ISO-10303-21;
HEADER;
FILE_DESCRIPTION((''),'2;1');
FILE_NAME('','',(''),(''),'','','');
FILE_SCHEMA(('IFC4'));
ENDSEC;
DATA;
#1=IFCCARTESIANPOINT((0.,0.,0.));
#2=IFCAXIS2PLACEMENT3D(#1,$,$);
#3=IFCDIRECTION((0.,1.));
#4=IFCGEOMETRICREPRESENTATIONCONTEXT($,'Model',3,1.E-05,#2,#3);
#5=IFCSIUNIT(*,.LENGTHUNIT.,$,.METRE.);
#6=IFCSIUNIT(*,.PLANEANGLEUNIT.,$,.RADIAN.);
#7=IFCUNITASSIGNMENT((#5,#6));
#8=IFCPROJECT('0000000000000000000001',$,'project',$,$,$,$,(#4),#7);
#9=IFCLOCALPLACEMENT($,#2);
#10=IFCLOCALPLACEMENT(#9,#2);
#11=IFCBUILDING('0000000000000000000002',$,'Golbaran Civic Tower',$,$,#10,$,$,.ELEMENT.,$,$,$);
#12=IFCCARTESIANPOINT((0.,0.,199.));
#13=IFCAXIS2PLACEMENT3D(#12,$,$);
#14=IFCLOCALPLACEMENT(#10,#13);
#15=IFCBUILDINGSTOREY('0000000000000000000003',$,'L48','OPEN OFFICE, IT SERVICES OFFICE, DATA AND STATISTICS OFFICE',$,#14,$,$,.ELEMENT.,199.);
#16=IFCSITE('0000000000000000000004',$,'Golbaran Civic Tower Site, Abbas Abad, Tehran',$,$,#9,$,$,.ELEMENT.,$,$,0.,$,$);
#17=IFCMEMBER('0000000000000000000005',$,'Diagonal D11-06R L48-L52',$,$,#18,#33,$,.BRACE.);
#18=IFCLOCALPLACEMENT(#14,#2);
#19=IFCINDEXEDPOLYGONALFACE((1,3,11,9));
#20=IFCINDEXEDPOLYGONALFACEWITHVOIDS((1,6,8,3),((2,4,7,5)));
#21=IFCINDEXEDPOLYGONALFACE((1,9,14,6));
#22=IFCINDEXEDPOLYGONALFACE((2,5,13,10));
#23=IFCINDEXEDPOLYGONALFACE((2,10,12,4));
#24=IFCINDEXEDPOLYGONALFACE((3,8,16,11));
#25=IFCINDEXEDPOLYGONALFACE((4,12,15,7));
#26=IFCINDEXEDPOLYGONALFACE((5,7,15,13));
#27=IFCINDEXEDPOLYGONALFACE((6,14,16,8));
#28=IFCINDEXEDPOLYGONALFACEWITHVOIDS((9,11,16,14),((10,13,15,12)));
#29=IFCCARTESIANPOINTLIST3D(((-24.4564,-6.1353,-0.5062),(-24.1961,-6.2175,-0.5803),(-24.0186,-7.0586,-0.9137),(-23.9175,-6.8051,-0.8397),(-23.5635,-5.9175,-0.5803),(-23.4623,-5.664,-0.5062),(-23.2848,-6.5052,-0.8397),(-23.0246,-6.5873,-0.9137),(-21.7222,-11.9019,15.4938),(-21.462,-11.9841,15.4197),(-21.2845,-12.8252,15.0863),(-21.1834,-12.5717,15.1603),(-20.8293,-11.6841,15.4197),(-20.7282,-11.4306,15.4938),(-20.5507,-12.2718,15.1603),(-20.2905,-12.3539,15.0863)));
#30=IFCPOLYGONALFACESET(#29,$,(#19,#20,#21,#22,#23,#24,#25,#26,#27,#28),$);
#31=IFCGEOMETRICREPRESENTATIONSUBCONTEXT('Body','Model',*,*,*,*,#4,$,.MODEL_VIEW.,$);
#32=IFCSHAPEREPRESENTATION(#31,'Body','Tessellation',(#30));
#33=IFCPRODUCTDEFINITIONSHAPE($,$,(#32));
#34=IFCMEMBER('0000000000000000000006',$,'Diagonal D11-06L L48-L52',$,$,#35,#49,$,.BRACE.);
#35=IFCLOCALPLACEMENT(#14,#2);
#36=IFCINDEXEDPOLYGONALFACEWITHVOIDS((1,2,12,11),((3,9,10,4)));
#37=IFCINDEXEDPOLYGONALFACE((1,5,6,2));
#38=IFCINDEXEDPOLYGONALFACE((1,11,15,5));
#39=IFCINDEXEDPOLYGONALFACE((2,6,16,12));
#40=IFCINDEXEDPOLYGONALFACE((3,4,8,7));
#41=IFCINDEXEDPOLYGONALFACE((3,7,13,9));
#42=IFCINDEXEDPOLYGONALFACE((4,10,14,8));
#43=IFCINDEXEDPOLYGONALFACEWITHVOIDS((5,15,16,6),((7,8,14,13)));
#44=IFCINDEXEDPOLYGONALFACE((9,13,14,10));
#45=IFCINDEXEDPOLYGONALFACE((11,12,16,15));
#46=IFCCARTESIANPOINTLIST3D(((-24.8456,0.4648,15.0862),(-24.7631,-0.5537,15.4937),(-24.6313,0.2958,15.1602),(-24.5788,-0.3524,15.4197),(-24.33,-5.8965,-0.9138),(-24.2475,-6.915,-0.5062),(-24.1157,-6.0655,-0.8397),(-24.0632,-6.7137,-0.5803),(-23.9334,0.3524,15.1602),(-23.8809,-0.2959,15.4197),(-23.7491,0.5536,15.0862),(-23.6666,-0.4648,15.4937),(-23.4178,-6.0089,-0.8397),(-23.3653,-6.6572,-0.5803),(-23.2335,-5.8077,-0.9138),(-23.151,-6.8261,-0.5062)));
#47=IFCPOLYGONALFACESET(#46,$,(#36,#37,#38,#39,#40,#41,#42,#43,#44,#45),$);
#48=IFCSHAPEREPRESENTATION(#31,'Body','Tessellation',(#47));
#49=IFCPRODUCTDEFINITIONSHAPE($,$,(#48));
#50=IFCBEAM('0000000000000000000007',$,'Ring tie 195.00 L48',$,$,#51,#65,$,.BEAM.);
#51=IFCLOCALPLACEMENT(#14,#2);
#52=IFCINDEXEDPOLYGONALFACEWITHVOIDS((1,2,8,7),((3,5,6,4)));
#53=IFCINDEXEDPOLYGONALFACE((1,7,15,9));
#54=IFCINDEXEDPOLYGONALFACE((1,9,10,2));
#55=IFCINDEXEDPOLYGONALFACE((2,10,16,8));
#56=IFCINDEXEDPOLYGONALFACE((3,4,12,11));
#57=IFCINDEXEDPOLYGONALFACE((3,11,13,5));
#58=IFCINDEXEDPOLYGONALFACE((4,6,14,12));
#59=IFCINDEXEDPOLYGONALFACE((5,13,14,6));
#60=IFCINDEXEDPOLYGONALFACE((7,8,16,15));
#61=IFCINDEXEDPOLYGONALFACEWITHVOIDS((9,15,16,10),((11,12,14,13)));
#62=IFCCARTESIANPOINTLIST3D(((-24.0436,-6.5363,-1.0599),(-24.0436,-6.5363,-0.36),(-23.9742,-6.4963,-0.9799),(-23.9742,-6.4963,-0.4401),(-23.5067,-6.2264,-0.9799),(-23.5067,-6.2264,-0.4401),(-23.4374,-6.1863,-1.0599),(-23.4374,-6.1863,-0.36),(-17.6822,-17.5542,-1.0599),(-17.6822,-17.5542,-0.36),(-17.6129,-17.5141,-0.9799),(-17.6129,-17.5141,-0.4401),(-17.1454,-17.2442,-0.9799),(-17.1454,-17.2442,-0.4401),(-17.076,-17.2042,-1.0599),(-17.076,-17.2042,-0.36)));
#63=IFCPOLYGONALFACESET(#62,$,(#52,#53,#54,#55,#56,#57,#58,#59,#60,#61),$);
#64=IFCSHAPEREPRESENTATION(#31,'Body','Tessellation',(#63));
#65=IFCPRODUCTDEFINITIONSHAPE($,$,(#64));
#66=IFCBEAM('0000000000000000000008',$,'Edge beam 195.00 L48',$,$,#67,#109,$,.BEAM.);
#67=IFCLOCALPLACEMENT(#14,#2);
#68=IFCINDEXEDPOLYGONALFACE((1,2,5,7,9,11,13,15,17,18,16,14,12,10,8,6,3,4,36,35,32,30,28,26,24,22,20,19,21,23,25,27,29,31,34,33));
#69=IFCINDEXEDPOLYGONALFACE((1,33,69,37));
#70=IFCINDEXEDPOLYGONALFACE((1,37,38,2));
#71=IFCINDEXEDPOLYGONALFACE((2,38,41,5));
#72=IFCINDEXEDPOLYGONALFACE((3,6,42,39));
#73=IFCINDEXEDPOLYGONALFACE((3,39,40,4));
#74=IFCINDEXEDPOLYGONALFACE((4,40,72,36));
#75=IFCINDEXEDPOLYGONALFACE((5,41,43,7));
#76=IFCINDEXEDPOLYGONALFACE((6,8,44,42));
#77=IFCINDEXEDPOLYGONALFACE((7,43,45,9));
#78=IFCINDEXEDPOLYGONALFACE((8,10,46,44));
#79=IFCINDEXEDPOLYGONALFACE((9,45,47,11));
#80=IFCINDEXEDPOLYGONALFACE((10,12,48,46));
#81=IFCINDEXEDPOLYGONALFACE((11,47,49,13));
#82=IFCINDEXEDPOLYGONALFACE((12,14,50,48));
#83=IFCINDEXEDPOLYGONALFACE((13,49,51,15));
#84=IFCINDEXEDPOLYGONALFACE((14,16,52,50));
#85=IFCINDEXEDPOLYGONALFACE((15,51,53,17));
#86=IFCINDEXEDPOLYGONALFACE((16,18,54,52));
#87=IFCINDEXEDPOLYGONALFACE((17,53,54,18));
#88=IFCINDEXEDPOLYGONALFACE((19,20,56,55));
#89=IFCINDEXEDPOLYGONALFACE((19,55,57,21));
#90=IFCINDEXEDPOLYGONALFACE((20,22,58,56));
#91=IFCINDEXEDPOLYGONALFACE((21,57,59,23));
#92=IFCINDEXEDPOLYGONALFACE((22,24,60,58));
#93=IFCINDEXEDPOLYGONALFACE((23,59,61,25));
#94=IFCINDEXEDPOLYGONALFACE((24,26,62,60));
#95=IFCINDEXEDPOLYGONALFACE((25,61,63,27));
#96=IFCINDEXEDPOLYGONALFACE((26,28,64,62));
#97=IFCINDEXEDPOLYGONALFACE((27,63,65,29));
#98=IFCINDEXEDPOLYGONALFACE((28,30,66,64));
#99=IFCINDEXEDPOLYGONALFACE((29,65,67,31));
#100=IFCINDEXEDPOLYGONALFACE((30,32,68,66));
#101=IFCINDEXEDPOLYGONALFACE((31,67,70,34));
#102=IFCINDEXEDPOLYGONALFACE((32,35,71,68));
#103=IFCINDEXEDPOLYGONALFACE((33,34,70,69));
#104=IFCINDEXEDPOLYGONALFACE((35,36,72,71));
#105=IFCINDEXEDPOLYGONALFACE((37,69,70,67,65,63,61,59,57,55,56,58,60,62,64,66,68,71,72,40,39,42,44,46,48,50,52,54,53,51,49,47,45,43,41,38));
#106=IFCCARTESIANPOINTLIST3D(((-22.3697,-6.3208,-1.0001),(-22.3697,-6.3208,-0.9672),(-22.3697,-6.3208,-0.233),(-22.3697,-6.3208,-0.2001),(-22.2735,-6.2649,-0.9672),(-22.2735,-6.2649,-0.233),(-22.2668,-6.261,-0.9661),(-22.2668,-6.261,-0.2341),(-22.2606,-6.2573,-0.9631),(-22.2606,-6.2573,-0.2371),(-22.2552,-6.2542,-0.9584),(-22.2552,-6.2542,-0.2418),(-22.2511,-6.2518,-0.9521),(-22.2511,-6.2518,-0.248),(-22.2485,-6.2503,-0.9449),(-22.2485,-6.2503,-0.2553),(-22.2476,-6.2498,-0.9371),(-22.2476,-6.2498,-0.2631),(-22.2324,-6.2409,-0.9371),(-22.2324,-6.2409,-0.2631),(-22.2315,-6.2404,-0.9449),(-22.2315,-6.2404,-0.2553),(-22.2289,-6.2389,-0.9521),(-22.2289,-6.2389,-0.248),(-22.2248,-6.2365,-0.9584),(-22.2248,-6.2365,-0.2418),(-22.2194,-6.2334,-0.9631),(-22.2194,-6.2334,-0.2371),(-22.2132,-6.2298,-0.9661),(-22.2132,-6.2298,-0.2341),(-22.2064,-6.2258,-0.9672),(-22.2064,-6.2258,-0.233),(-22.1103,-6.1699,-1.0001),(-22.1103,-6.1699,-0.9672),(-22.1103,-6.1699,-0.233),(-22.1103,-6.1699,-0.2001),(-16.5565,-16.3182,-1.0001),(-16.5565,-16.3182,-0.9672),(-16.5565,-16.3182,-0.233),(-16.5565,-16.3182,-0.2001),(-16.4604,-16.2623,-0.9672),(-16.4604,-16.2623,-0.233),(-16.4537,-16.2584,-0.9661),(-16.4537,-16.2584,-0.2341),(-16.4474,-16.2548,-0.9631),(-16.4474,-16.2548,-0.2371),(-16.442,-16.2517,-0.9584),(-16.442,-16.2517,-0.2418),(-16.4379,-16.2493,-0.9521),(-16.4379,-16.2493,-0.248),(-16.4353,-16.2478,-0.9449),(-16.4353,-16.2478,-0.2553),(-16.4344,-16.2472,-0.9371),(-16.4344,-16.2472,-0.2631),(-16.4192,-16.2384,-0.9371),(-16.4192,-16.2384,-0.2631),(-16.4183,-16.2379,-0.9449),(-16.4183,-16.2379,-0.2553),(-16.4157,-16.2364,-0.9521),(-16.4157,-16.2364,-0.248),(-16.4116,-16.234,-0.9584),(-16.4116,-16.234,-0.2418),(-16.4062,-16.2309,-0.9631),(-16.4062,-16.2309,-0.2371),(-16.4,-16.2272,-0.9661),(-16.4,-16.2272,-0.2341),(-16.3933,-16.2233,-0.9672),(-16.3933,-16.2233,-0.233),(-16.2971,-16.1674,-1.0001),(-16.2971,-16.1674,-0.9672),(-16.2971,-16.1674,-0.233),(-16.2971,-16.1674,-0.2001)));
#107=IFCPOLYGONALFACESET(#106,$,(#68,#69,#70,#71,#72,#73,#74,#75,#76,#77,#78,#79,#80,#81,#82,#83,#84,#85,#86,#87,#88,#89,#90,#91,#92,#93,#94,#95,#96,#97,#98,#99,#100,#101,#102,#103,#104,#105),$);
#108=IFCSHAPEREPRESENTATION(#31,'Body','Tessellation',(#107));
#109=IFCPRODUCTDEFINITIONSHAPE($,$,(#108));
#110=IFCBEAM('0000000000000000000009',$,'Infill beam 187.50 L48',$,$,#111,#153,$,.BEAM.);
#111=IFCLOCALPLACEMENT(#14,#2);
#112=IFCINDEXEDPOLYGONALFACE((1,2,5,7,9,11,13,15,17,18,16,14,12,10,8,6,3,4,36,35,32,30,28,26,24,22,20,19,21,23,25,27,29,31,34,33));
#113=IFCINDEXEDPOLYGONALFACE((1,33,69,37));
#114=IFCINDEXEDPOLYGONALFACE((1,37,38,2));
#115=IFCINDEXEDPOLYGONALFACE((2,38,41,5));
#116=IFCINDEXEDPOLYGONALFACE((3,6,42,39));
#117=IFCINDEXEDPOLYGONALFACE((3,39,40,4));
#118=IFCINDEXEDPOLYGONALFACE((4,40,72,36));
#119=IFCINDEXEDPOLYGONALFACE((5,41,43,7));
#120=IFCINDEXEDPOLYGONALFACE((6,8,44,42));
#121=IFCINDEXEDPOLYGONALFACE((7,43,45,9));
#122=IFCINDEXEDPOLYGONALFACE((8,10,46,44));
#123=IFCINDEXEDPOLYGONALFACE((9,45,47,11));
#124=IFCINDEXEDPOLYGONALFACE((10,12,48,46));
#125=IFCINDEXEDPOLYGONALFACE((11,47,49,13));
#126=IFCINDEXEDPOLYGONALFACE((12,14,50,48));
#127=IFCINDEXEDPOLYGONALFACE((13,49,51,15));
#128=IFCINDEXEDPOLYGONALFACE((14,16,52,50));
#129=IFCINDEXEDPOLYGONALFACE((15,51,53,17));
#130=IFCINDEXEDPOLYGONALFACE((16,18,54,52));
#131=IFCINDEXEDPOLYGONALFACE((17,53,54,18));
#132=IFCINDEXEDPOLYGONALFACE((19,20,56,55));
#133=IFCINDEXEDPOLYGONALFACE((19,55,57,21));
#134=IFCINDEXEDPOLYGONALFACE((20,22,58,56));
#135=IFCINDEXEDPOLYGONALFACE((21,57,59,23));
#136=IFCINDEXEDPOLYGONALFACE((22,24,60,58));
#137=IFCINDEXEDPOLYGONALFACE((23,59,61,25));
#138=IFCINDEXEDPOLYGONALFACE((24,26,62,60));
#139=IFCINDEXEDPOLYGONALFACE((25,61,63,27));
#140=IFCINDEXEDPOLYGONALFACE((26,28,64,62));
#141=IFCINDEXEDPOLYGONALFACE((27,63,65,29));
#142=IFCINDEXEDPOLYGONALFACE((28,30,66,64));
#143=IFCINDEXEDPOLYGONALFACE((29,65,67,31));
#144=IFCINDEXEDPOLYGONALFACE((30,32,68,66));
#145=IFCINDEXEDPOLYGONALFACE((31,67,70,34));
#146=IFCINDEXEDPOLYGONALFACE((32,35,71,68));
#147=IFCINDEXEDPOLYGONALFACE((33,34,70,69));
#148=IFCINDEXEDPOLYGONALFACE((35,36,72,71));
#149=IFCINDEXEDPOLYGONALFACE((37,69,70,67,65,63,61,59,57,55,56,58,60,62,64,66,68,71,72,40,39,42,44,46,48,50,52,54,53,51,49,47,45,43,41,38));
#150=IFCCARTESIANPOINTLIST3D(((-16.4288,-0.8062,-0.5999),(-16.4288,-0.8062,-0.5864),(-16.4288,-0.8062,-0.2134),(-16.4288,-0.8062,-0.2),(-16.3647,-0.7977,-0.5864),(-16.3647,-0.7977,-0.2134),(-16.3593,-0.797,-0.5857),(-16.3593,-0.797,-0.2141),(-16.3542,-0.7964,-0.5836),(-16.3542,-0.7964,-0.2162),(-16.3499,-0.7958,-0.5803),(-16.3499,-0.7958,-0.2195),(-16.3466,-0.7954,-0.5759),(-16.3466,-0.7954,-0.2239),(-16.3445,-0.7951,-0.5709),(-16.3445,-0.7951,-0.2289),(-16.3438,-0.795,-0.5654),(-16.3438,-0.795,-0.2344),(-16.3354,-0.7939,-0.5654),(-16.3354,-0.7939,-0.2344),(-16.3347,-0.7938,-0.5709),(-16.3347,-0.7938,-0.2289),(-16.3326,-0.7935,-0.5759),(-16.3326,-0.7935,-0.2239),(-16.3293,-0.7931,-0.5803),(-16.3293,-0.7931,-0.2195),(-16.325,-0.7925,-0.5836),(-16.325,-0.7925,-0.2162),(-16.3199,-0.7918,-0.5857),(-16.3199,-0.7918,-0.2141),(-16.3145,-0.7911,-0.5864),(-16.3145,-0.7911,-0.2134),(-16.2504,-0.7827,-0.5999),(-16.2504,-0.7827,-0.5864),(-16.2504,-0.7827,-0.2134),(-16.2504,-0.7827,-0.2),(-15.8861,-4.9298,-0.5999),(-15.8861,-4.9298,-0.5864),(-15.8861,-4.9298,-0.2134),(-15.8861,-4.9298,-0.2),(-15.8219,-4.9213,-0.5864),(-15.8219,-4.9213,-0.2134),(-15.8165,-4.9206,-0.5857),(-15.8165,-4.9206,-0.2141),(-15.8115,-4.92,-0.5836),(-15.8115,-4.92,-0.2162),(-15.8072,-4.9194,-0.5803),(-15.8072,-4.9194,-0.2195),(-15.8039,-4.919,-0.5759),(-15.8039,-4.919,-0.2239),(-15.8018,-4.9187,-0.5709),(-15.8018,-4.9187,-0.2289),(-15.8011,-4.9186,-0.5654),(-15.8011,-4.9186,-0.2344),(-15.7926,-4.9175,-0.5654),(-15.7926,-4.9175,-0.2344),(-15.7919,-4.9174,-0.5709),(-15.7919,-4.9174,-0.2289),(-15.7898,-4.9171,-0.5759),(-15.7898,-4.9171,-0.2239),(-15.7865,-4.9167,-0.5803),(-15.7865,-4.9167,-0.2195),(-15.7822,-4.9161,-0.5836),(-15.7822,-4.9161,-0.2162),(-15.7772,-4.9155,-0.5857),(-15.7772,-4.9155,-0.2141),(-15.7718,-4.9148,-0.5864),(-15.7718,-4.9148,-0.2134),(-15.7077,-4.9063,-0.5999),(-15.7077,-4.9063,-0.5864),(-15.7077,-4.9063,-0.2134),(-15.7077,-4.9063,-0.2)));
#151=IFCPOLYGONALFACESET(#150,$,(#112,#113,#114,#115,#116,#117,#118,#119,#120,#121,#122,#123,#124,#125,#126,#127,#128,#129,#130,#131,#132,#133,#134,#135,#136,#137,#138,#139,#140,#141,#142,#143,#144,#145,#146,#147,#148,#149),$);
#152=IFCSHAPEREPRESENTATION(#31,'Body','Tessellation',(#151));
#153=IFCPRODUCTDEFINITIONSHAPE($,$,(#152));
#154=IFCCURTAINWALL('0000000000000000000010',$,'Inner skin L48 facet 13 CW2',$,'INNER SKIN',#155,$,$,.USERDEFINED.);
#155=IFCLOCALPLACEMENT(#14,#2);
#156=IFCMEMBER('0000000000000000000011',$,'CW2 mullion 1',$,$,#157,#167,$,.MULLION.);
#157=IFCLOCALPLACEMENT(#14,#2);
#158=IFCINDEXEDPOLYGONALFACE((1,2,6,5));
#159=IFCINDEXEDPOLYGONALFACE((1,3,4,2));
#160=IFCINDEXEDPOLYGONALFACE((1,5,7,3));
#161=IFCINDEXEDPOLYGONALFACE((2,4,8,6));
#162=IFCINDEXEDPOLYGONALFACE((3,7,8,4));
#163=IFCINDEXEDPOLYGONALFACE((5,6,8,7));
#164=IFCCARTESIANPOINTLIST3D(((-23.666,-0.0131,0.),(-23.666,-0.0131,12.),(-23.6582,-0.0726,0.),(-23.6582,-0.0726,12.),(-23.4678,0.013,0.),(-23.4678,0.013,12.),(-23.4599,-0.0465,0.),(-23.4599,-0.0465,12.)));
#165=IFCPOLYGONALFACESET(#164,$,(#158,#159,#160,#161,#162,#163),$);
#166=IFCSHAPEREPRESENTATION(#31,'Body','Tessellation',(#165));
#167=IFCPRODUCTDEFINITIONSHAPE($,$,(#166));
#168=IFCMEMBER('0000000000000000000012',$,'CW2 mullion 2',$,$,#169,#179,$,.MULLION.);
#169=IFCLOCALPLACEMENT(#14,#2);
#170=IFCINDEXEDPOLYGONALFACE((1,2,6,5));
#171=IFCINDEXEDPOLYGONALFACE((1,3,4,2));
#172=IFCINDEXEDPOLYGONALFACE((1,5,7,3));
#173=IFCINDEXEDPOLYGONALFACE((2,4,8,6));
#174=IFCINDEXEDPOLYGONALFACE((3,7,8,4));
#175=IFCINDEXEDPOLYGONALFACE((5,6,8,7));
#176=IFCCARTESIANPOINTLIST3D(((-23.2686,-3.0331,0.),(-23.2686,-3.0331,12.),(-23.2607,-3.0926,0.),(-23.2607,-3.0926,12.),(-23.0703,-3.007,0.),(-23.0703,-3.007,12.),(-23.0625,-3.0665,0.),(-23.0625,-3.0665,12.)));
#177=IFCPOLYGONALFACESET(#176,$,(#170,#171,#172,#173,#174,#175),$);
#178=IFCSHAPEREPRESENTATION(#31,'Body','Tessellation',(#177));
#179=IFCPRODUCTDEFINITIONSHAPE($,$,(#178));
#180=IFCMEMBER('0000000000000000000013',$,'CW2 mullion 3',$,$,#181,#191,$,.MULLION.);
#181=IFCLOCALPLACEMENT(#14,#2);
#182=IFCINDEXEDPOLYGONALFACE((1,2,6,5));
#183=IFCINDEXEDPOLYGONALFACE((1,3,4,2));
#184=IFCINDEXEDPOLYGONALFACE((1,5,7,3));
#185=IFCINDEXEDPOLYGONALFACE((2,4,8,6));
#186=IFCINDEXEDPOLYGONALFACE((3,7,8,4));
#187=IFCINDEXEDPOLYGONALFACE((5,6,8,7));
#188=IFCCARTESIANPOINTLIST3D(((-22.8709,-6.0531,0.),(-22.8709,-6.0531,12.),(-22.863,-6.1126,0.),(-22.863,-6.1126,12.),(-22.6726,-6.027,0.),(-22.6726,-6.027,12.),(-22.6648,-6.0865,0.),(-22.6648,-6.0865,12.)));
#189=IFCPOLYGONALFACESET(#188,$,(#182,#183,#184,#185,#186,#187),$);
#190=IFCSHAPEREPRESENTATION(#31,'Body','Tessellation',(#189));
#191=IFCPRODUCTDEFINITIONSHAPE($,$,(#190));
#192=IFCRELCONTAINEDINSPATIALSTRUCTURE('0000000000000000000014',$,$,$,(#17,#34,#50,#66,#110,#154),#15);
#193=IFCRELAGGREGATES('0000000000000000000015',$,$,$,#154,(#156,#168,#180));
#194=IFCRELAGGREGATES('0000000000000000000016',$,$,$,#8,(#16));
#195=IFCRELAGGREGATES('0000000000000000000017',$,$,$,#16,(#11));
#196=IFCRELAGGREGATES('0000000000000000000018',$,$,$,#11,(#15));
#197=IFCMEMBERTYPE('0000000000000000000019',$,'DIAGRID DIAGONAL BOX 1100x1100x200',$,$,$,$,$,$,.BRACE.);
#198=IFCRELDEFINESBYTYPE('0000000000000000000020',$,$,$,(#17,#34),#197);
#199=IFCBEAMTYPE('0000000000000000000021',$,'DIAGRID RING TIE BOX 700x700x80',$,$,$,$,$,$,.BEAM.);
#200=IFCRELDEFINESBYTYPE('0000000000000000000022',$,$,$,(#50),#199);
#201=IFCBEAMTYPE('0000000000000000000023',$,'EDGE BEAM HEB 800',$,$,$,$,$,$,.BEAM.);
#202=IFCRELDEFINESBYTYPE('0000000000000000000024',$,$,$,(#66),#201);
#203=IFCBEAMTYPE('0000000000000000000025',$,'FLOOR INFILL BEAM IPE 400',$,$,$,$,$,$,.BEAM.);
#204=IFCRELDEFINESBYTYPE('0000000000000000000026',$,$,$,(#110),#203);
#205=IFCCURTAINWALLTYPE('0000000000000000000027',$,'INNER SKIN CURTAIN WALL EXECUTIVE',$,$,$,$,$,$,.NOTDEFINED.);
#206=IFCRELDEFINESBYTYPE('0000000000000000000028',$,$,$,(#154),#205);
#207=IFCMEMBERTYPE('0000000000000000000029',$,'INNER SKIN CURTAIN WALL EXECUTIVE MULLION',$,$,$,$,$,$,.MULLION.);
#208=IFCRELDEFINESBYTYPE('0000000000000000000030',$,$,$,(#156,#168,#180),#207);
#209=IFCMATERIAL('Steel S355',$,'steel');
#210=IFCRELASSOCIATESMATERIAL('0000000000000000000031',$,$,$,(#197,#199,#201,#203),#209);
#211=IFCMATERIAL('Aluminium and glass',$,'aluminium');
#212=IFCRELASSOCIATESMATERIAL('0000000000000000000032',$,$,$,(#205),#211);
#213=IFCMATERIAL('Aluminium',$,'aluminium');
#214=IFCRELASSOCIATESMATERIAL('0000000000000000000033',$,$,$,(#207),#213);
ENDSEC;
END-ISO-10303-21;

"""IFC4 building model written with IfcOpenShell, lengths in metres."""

from ifc_helpers import new_model, si_unit, direction, frame, origin, origin_2d, place, context, subcontext, project, spatial, rectangle, hollow_rectangle, i_section, extrude, material, material_profile, profile_set, type_object, element, aggregate, save


model = new_model("IFC4")

# Units and contexts
model_context = context("Model", 3, precision=1e-05, world=origin(), true_north=direction((0.0, 1.0)))
body_context = subcontext(model_context, "Body", "Model", "MODEL_VIEW")
ifc_project = project(units=[si_unit("LENGTHUNIT", "METRE"), si_unit("PLANEANGLEUNIT", "RADIAN")], contexts=[model_context])

# Site, building, storey
site_placement = place(None, origin())
site = spatial("IfcSite", under=ifc_project, at=site_placement, Name="Golbaran Civic Tower Site, Abbas Abad, Tehran", CompositionType="ELEMENT", RefElevation=0.0)
building_placement = place(site_placement, origin())
building = spatial("IfcBuilding", under=site, at=building_placement, Name="Golbaran Civic Tower", CompositionType="ELEMENT")
storey_placement = place(building_placement, frame((0.0, 0.0, 199.0)))
storey = spatial("IfcBuildingStorey", under=building, at=storey_placement, Name="L48", Description="OPEN OFFICE, IT SERVICES OFFICE, DATA AND STATISTICS OFFICE", CompositionType="ELEMENT", Elevation=199.0)

# Members
ifc_material_1 = material(Name="Steel S355", Category="steel")
ifc_material_profile_1 = material_profile(ifc_material_1, hollow_rectangle(XDim=1.1001, YDim=1.1001, WallThickness=0.2, at=origin_2d()), Name="BOX 1100x1100x200")
ifc_profile_set_1 = profile_set([ifc_material_profile_1], Name="Steel S355")
member_type_1 = type_object("IfcMemberType", Name="DIAGRID DIAGONAL BOX 1100x1100x200", PredefinedType="BRACE", material=ifc_profile_set_1)
for number, where, z_axis, x_axis, name in (
    (1, (-23.7405, -6.3613, -0.71), (0.158723, -0.334765, 0.928838), (0.903581, 0.428417, 0.0), "Diagonal D11-06R L48-L52"),
    (2, (-23.7405, -6.3613, -0.71), (-0.029933, 0.369288, 0.928833), (-0.996731, -0.080791, 0.0), "Diagonal D11-06L L48-L52"),
):
    element("IfcMember", number, at=place(storey_placement, frame(where, z_axis=z_axis, x_axis=x_axis)), inside=storey, type_object=member_type_1, Name=name, PredefinedType="BRACE", context=body_context, shape_type="SweptSolid", body=[
        extrude(hollow_rectangle(XDim=1.1001, YDim=1.1001, WallThickness=0.2, at=origin_2d()), origin(), (0.0, 0.0, 1.0), 17.2258),
    ])

# Beams
ifc_material_profile_2 = material_profile(ifc_material_1, hollow_rectangle(XDim=0.7, YDim=0.7, WallThickness=0.0801, at=origin_2d()), Name="BOX 700x700x80")
ifc_profile_set_2 = profile_set([ifc_material_profile_2], Name="Steel S355")
beam_type_1 = type_object("IfcBeamType", Name="DIAGRID RING TIE BOX 700x700x80", PredefinedType="BEAM", material=ifc_profile_set_2)
beam_1_placement = place(storey_placement, frame((-23.7405, -6.3613, -0.71), z_axis=(0.500011, -0.866019, 0.0), x_axis=(0.866019, 0.500011, 0.0)))
element("IfcBeam", 3, at=beam_1_placement, inside=storey, type_object=beam_type_1, Name="Ring tie 195.00 L48", PredefinedType="BEAM", context=body_context, shape_type="SweptSolid", body=[
    extrude(hollow_rectangle(XDim=0.7, YDim=0.7, WallThickness=0.0801, at=origin_2d()), origin(), (0.0, 0.0, 1.0), 12.7224),
])
ifc_material_profile_3 = material_profile(ifc_material_1, i_section(OverallWidth=0.3, OverallDepth=0.8, WebThickness=0.0176, FlangeThickness=0.033, FilletRadius=0.03, at=origin_2d()), Name="HEB 800")
ifc_profile_set_3 = profile_set([ifc_material_profile_3], Name="Steel S355")
beam_type_2 = type_object("IfcBeamType", Name="EDGE BEAM HEB 800", PredefinedType="BEAM", material=ifc_profile_set_3)
beam_2_placement = place(storey_placement, frame((-22.24, -6.2454, -0.6001), z_axis=(0.502666, -0.864481, 0.0), x_axis=(0.864481, 0.502666, 0.0)))
element("IfcBeam", 4, at=beam_2_placement, inside=storey, type_object=beam_type_2, Name="Edge beam 195.00 L48", PredefinedType="BEAM", context=body_context, shape_type="SweptSolid", body=[
    extrude(i_section(OverallWidth=0.3, OverallDepth=0.8, WebThickness=0.0176, FlangeThickness=0.033, FilletRadius=0.03, at=origin_2d()), origin(), (0.0, 0.0, 1.0), 11.5647),
])
ifc_material_profile_4 = material_profile(ifc_material_1, i_section(OverallWidth=0.1799, OverallDepth=0.3999, WebThickness=0.0085, FlangeThickness=0.0134, FilletRadius=0.021, at=origin_2d()), Name="IPE 400")
ifc_profile_set_4 = profile_set([ifc_material_profile_4], Name="Steel S355")
beam_type_3 = type_object("IfcBeamType", Name="FLOOR INFILL BEAM IPE 400", PredefinedType="BEAM", material=ifc_profile_set_4)
beam_3_placement = place(storey_placement, frame((-16.3396, -0.7944, -0.3999), z_axis=(0.130491, -0.991449, 0.0), x_axis=(0.991449, 0.130491, 0.0)))
element("IfcBeam", 5, at=beam_3_placement, inside=storey, type_object=beam_type_3, Name="Infill beam 187.50 L48", PredefinedType="BEAM", context=body_context, shape_type="SweptSolid", body=[
    extrude(i_section(OverallWidth=0.1799, OverallDepth=0.3999, WebThickness=0.0085, FlangeThickness=0.0134, FilletRadius=0.021, at=origin_2d()), origin(), (0.0, 0.0, 1.0), 4.1592),
])

# Curtain wall, members
ifc_material_2 = material(Name="Aluminium and glass", Category="aluminium")
curtain_wall_type_1 = type_object("IfcCurtainWallType", Name="INNER SKIN CURTAIN WALL EXECUTIVE", PredefinedType="NOTDEFINED", material=ifc_material_2)
curtain_wall_1_placement = place(storey_placement, origin())
curtain_wall_1 = element("IfcCurtainWall", 6, at=curtain_wall_1_placement, inside=storey, type_object=curtain_wall_type_1, Name="Inner skin L48 facet 13 CW2", ObjectType="INNER SKIN", PredefinedType="USERDEFINED")
ifc_material_3 = material(Name="Aluminium", Category="aluminium")
ifc_material_profile_5 = material_profile(ifc_material_3, rectangle(XDim=0.2, YDim=0.0601, at=origin_2d()), Name="INNER SKIN CURTAIN WALL EXECUTIVE MULLION")
ifc_profile_set_5 = profile_set([ifc_material_profile_5], Name="Aluminium")
member_type_2 = type_object("IfcMemberType", Name="INNER SKIN CURTAIN WALL EXECUTIVE MULLION", PredefinedType="MULLION", material=ifc_profile_set_5)
member_1_placement = place(storey_placement, frame((-23.563, -0.0298, 0.0), z_axis=(0.0, 0.0, 1.0), x_axis=(0.991445, 0.130526, 0.0)))
member_1 = element("IfcMember", 7, at=member_1_placement, type_object=member_type_2, Name="CW2 mullion 1", PredefinedType="MULLION", context=body_context, shape_type="SweptSolid", body=[
    extrude(rectangle(XDim=0.2, YDim=0.0601, at=origin_2d()), origin(), (0.0, 0.0, 1.0), 12.0),
])
member_2_placement = place(storey_placement, frame((-23.1655, -3.0498, 0.0), z_axis=(0.0, 0.0, 1.0), x_axis=(0.991445, 0.130526, 0.0)))
member_2 = element("IfcMember", 8, at=member_2_placement, type_object=member_type_2, Name="CW2 mullion 2", PredefinedType="MULLION", context=body_context, shape_type="SweptSolid", body=[
    extrude(rectangle(XDim=0.2, YDim=0.0601, at=origin_2d()), origin(), (0.0, 0.0, 1.0), 12.0),
])
member_3_placement = place(storey_placement, frame((-22.7678, -6.0698, 0.0), z_axis=(0.0, 0.0, 1.0), x_axis=(0.991445, 0.130526, 0.0)))
member_3 = element("IfcMember", 9, at=member_3_placement, type_object=member_type_2, Name="CW2 mullion 3", PredefinedType="MULLION", context=body_context, shape_type="SweptSolid", body=[
    extrude(rectangle(XDim=0.2, YDim=0.0601, at=origin_2d()), origin(), (0.0, 0.0, 1.0), 12.0),
])

aggregate(curtain_wall_1, [member_1, member_2, member_3])

save(model, "model.ifc")
